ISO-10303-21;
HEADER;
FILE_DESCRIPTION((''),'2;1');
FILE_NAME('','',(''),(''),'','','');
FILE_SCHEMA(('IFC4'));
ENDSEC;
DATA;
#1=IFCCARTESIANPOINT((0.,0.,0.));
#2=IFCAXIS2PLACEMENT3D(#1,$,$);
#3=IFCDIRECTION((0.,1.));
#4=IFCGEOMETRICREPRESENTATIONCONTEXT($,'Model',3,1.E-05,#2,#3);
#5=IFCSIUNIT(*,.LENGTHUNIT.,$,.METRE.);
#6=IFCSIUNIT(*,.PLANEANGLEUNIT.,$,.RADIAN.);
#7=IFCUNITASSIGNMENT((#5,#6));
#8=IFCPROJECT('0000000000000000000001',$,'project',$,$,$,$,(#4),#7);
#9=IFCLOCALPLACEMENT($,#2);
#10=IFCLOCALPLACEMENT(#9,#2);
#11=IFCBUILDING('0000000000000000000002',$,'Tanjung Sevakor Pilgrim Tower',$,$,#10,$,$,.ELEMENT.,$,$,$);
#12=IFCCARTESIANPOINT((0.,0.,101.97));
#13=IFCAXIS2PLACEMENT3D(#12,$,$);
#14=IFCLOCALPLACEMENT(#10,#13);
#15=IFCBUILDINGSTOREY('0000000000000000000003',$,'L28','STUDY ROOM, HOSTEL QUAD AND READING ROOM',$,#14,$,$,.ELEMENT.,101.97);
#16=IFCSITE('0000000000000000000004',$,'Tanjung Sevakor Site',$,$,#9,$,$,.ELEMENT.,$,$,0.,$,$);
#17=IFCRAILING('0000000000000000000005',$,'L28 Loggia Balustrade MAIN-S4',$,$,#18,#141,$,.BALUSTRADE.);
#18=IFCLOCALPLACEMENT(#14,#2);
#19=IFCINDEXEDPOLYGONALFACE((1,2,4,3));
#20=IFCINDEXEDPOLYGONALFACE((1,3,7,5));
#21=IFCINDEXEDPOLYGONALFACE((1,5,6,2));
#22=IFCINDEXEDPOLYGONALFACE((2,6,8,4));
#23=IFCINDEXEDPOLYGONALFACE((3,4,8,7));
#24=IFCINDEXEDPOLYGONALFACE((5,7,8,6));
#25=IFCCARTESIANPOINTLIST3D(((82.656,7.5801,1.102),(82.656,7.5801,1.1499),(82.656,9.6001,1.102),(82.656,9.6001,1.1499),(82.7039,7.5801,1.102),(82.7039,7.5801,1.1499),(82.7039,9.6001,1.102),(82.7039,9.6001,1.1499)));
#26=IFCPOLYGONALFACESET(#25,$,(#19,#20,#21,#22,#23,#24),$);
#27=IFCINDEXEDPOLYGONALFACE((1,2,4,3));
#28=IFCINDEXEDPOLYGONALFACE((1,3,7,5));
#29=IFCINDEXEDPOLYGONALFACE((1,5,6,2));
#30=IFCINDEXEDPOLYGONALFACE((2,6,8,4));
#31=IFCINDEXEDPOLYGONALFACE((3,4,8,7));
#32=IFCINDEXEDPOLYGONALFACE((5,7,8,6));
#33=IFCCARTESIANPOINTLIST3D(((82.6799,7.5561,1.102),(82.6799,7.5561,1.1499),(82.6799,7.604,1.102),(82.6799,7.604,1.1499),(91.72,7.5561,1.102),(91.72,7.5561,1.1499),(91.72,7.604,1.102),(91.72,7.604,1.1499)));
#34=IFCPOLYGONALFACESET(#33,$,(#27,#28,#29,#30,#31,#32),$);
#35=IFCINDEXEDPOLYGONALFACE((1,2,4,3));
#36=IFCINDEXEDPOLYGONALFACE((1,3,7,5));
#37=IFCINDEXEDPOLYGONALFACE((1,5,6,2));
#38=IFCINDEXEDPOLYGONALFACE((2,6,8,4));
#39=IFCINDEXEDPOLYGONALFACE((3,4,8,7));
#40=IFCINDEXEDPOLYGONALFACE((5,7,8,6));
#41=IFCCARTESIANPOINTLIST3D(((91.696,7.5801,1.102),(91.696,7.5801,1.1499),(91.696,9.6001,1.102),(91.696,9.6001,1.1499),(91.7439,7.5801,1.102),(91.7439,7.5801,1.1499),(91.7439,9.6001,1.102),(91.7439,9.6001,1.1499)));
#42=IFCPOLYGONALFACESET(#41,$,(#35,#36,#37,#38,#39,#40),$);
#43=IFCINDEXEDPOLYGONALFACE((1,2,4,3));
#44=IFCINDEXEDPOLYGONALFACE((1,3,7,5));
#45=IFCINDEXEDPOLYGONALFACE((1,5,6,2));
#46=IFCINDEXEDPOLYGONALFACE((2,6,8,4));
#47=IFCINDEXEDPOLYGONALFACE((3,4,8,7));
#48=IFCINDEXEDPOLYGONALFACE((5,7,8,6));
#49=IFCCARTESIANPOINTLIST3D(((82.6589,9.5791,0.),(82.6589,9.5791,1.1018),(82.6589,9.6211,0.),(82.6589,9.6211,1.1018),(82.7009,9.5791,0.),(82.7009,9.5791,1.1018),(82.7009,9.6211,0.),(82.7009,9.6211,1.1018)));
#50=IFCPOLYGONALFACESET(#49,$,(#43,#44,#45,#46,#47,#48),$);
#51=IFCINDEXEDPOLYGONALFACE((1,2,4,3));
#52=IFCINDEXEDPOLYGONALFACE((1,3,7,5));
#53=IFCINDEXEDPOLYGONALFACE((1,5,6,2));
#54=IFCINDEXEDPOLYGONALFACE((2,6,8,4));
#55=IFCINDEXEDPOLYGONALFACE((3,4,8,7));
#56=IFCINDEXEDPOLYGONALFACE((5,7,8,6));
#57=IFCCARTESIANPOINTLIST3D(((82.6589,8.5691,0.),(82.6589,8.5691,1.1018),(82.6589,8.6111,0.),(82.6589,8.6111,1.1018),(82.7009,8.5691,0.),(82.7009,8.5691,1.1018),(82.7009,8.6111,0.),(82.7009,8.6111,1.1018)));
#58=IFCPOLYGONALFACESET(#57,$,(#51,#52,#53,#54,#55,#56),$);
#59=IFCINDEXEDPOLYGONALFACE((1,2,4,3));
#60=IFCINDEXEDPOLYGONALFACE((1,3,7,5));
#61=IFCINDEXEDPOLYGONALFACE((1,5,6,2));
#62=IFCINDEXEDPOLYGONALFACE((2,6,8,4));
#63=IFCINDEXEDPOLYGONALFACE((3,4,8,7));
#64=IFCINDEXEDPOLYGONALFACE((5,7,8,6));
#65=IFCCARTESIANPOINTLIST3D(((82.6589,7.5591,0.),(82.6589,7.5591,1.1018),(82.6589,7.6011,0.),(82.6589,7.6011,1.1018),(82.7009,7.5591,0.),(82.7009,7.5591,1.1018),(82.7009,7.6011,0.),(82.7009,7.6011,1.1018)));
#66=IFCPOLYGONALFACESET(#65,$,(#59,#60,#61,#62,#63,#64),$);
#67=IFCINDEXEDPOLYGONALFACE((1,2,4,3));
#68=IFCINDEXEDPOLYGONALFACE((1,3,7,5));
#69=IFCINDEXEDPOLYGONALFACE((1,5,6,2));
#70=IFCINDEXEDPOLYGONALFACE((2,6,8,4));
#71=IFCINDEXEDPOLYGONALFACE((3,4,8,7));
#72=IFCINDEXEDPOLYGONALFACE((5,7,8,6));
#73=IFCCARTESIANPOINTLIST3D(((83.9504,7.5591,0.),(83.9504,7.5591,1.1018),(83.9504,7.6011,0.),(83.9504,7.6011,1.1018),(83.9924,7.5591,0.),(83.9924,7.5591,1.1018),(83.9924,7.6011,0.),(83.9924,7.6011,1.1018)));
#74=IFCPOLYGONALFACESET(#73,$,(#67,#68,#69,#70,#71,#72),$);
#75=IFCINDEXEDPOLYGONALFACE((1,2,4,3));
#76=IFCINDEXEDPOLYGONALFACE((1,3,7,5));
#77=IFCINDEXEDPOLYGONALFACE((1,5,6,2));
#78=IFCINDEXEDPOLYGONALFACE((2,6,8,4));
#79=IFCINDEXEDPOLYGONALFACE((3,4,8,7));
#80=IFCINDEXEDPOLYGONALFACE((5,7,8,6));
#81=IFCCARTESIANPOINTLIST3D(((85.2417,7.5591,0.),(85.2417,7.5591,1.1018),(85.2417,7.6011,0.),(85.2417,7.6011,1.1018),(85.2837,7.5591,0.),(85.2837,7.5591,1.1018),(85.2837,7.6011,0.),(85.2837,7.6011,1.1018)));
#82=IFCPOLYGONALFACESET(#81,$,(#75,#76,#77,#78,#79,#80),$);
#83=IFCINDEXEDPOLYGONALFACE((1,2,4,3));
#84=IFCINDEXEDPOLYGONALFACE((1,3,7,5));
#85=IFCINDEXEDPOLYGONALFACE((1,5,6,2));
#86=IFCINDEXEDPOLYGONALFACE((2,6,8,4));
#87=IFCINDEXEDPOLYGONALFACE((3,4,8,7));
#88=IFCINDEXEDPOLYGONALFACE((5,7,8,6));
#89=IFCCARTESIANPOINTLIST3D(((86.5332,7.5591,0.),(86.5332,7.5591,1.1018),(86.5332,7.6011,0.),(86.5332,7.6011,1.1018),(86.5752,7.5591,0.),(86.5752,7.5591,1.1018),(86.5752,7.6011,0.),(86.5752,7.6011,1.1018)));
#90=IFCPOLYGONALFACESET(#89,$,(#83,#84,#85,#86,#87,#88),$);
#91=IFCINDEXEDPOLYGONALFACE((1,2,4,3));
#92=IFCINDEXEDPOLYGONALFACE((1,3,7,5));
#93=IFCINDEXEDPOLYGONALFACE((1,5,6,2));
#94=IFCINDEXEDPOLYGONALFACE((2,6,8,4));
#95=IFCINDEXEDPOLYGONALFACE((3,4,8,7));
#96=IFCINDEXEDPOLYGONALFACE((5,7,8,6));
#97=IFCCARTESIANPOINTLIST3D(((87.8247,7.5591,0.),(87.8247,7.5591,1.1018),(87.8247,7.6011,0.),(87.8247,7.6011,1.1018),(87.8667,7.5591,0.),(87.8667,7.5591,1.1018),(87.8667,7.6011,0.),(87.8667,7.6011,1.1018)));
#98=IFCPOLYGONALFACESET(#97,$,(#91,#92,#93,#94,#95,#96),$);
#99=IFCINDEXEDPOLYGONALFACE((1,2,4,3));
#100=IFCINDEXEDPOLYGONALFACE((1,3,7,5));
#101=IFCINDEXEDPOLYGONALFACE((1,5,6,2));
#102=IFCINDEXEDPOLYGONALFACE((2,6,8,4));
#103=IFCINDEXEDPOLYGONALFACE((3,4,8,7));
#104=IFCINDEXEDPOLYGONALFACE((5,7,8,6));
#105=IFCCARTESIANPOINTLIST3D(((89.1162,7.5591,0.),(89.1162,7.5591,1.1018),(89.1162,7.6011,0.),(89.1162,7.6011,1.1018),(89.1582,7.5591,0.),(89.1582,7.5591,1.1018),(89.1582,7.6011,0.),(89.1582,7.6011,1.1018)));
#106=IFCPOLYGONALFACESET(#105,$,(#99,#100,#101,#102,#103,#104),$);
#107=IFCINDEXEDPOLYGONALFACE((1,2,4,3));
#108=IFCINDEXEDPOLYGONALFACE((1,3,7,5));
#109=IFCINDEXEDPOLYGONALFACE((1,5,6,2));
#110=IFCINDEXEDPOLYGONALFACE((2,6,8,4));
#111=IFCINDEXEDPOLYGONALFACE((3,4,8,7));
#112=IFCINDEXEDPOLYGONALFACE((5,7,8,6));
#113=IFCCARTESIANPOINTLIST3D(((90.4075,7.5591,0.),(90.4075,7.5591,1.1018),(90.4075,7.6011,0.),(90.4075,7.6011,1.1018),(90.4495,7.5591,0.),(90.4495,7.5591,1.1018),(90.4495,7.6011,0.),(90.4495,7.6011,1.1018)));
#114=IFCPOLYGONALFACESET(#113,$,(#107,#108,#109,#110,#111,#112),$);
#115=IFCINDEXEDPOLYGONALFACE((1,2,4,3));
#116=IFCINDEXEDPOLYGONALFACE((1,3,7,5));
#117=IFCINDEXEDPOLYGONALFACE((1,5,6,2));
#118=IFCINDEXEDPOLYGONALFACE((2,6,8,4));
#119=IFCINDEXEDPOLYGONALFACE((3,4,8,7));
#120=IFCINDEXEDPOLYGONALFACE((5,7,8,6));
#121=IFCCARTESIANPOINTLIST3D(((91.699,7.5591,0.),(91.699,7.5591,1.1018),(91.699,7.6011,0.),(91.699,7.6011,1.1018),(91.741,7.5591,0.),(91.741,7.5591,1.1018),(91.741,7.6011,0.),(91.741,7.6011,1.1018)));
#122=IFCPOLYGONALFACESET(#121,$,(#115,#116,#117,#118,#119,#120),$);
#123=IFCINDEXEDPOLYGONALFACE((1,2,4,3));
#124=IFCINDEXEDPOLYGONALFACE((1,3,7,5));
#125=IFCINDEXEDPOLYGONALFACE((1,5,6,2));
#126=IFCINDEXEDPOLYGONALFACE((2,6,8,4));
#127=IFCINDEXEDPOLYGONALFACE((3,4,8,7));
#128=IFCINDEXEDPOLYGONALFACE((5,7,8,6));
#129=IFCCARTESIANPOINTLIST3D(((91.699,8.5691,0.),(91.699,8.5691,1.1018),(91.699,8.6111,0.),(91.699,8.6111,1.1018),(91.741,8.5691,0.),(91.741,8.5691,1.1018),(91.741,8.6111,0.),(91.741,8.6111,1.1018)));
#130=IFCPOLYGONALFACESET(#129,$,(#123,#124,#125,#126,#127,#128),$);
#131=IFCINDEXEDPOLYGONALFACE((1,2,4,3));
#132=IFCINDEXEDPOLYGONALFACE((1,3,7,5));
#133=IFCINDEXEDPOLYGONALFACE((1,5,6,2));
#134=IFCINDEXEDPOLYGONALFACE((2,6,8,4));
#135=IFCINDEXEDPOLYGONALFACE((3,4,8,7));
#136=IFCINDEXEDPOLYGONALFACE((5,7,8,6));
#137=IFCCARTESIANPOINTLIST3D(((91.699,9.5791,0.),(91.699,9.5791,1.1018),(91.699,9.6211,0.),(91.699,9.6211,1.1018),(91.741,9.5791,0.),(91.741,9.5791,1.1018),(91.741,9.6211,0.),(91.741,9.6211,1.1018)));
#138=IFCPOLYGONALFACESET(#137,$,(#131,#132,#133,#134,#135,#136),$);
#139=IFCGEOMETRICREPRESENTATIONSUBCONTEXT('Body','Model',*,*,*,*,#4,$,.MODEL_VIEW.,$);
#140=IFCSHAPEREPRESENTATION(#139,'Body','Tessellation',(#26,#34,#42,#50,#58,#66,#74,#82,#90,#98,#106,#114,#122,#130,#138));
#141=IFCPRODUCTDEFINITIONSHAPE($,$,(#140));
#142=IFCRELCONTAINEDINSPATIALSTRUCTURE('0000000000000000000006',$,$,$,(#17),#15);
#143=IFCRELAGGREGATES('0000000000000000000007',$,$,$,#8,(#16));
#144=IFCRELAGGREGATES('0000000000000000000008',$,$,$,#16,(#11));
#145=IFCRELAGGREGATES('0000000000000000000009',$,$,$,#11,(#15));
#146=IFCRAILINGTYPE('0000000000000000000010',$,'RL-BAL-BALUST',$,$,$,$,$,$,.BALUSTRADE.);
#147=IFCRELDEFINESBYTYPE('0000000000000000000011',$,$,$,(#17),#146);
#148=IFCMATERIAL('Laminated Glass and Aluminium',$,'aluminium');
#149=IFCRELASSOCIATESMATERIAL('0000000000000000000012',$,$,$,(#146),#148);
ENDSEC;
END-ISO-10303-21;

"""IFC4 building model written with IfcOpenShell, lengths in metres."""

from ifc_helpers import new_model, si_unit, direction, frame, origin, place, context, subcontext, project, spatial, rectangle, extrude, material, type_object, element, save


model = new_model("IFC4")

# Units and contexts
model_context = context("Model", 3, precision=1e-05, world=origin(), true_north=direction((0.0, 1.0)))
body_context = subcontext(model_context, "Body", "Model", "MODEL_VIEW")
ifc_project = project(units=[si_unit("LENGTHUNIT", "METRE"), si_unit("PLANEANGLEUNIT", "RADIAN")], contexts=[model_context])

# Site, building, storey
site_placement = place(None, origin())
site = spatial("IfcSite", under=ifc_project, at=site_placement, Name="Tanjung Sevakor Site", CompositionType="ELEMENT", RefElevation=0.0)
building_placement = place(site_placement, origin())
building = spatial("IfcBuilding", under=site, at=building_placement, Name="Tanjung Sevakor Pilgrim Tower", CompositionType="ELEMENT")
storey_placement = place(building_placement, frame((0.0, 0.0, 101.97)))
storey = spatial("IfcBuildingStorey", under=building, at=storey_placement, Name="L28", Description="STUDY ROOM, HOSTEL QUAD AND READING ROOM", CompositionType="ELEMENT", Elevation=101.97)

# Railing
ifc_material_1 = material(Name="Laminated Glass and Aluminium", Category="aluminium")
railing_type = type_object("IfcRailingType", Name="RL-BAL-BALUST", PredefinedType="BALUSTRADE", material=ifc_material_1)
railing_placement = place(storey_placement, frame((82.6799, 9.6001, 0.0)))
element("IfcRailing", 1, at=railing_placement, inside=storey, type_object=railing_type, Name="L28 Loggia Balustrade MAIN-S4", PredefinedType="BALUSTRADE", context=body_context, shape_type="SweptSolid", body=[
    extrude(rectangle(XDim=0.0479, YDim=0.0479), frame((0.0, 0.0, 1.126), z_axis=(0.0, -1.0, 0.0), x_axis=(1.0, 0.0, 0.0)), (0.0, 0.0, 1.0), 2.02),
    extrude(rectangle(XDim=0.0479, YDim=0.0479), frame((0.0, -2.02, 1.126), z_axis=(1.0, 0.0, 0.0), x_axis=(0.0, 1.0, 0.0)), (0.0, 0.0, 1.0), 9.04),
    extrude(rectangle(XDim=0.0479, YDim=0.0479), frame((9.04, -2.02, 1.126), z_axis=(0.0, 1.0, 0.0), x_axis=(-1.0, 0.0, 0.0)), (0.0, 0.0, 1.0), 2.02),
    extrude(rectangle(XDim=0.042, YDim=0.042), origin(), (0.0, 0.0, 1.0), 1.1018),
    extrude(rectangle(XDim=0.042, YDim=0.042), frame((0.0, -1.01, 0.0)), (0.0, 0.0, 1.0), 1.1018),
    extrude(rectangle(XDim=0.042, YDim=0.042), frame((0.0, -2.02, 0.0)), (0.0, 0.0, 1.0), 1.1018),
    extrude(rectangle(XDim=0.042, YDim=0.042), frame((1.2915, -2.02, 0.0)), (0.0, 0.0, 1.0), 1.1018),
    extrude(rectangle(XDim=0.042, YDim=0.042), frame((2.5828, -2.02, 0.0)), (0.0, 0.0, 1.0), 1.1018),
    extrude(rectangle(XDim=0.042, YDim=0.042), frame((3.8743, -2.02, 0.0)), (0.0, 0.0, 1.0), 1.1018),
    extrude(rectangle(XDim=0.042, YDim=0.042), frame((5.1658, -2.02, 0.0)), (0.0, 0.0, 1.0), 1.1018),
    extrude(rectangle(XDim=0.042, YDim=0.042), frame((6.4573, -2.02, 0.0)), (0.0, 0.0, 1.0), 1.1018),
    extrude(rectangle(XDim=0.042, YDim=0.042), frame((7.7485, -2.02, 0.0)), (0.0, 0.0, 1.0), 1.1018),
    extrude(rectangle(XDim=0.042, YDim=0.042), frame((9.04, -2.02, 0.0)), (0.0, 0.0, 1.0), 1.1018),
    extrude(rectangle(XDim=0.042, YDim=0.042), frame((9.04, -1.01, 0.0)), (0.0, 0.0, 1.0), 1.1018),
    extrude(rectangle(XDim=0.042, YDim=0.042), frame((9.04, 0.0, 0.0)), (0.0, 0.0, 1.0), 1.1018),
])

save(model, "model.ifc")
